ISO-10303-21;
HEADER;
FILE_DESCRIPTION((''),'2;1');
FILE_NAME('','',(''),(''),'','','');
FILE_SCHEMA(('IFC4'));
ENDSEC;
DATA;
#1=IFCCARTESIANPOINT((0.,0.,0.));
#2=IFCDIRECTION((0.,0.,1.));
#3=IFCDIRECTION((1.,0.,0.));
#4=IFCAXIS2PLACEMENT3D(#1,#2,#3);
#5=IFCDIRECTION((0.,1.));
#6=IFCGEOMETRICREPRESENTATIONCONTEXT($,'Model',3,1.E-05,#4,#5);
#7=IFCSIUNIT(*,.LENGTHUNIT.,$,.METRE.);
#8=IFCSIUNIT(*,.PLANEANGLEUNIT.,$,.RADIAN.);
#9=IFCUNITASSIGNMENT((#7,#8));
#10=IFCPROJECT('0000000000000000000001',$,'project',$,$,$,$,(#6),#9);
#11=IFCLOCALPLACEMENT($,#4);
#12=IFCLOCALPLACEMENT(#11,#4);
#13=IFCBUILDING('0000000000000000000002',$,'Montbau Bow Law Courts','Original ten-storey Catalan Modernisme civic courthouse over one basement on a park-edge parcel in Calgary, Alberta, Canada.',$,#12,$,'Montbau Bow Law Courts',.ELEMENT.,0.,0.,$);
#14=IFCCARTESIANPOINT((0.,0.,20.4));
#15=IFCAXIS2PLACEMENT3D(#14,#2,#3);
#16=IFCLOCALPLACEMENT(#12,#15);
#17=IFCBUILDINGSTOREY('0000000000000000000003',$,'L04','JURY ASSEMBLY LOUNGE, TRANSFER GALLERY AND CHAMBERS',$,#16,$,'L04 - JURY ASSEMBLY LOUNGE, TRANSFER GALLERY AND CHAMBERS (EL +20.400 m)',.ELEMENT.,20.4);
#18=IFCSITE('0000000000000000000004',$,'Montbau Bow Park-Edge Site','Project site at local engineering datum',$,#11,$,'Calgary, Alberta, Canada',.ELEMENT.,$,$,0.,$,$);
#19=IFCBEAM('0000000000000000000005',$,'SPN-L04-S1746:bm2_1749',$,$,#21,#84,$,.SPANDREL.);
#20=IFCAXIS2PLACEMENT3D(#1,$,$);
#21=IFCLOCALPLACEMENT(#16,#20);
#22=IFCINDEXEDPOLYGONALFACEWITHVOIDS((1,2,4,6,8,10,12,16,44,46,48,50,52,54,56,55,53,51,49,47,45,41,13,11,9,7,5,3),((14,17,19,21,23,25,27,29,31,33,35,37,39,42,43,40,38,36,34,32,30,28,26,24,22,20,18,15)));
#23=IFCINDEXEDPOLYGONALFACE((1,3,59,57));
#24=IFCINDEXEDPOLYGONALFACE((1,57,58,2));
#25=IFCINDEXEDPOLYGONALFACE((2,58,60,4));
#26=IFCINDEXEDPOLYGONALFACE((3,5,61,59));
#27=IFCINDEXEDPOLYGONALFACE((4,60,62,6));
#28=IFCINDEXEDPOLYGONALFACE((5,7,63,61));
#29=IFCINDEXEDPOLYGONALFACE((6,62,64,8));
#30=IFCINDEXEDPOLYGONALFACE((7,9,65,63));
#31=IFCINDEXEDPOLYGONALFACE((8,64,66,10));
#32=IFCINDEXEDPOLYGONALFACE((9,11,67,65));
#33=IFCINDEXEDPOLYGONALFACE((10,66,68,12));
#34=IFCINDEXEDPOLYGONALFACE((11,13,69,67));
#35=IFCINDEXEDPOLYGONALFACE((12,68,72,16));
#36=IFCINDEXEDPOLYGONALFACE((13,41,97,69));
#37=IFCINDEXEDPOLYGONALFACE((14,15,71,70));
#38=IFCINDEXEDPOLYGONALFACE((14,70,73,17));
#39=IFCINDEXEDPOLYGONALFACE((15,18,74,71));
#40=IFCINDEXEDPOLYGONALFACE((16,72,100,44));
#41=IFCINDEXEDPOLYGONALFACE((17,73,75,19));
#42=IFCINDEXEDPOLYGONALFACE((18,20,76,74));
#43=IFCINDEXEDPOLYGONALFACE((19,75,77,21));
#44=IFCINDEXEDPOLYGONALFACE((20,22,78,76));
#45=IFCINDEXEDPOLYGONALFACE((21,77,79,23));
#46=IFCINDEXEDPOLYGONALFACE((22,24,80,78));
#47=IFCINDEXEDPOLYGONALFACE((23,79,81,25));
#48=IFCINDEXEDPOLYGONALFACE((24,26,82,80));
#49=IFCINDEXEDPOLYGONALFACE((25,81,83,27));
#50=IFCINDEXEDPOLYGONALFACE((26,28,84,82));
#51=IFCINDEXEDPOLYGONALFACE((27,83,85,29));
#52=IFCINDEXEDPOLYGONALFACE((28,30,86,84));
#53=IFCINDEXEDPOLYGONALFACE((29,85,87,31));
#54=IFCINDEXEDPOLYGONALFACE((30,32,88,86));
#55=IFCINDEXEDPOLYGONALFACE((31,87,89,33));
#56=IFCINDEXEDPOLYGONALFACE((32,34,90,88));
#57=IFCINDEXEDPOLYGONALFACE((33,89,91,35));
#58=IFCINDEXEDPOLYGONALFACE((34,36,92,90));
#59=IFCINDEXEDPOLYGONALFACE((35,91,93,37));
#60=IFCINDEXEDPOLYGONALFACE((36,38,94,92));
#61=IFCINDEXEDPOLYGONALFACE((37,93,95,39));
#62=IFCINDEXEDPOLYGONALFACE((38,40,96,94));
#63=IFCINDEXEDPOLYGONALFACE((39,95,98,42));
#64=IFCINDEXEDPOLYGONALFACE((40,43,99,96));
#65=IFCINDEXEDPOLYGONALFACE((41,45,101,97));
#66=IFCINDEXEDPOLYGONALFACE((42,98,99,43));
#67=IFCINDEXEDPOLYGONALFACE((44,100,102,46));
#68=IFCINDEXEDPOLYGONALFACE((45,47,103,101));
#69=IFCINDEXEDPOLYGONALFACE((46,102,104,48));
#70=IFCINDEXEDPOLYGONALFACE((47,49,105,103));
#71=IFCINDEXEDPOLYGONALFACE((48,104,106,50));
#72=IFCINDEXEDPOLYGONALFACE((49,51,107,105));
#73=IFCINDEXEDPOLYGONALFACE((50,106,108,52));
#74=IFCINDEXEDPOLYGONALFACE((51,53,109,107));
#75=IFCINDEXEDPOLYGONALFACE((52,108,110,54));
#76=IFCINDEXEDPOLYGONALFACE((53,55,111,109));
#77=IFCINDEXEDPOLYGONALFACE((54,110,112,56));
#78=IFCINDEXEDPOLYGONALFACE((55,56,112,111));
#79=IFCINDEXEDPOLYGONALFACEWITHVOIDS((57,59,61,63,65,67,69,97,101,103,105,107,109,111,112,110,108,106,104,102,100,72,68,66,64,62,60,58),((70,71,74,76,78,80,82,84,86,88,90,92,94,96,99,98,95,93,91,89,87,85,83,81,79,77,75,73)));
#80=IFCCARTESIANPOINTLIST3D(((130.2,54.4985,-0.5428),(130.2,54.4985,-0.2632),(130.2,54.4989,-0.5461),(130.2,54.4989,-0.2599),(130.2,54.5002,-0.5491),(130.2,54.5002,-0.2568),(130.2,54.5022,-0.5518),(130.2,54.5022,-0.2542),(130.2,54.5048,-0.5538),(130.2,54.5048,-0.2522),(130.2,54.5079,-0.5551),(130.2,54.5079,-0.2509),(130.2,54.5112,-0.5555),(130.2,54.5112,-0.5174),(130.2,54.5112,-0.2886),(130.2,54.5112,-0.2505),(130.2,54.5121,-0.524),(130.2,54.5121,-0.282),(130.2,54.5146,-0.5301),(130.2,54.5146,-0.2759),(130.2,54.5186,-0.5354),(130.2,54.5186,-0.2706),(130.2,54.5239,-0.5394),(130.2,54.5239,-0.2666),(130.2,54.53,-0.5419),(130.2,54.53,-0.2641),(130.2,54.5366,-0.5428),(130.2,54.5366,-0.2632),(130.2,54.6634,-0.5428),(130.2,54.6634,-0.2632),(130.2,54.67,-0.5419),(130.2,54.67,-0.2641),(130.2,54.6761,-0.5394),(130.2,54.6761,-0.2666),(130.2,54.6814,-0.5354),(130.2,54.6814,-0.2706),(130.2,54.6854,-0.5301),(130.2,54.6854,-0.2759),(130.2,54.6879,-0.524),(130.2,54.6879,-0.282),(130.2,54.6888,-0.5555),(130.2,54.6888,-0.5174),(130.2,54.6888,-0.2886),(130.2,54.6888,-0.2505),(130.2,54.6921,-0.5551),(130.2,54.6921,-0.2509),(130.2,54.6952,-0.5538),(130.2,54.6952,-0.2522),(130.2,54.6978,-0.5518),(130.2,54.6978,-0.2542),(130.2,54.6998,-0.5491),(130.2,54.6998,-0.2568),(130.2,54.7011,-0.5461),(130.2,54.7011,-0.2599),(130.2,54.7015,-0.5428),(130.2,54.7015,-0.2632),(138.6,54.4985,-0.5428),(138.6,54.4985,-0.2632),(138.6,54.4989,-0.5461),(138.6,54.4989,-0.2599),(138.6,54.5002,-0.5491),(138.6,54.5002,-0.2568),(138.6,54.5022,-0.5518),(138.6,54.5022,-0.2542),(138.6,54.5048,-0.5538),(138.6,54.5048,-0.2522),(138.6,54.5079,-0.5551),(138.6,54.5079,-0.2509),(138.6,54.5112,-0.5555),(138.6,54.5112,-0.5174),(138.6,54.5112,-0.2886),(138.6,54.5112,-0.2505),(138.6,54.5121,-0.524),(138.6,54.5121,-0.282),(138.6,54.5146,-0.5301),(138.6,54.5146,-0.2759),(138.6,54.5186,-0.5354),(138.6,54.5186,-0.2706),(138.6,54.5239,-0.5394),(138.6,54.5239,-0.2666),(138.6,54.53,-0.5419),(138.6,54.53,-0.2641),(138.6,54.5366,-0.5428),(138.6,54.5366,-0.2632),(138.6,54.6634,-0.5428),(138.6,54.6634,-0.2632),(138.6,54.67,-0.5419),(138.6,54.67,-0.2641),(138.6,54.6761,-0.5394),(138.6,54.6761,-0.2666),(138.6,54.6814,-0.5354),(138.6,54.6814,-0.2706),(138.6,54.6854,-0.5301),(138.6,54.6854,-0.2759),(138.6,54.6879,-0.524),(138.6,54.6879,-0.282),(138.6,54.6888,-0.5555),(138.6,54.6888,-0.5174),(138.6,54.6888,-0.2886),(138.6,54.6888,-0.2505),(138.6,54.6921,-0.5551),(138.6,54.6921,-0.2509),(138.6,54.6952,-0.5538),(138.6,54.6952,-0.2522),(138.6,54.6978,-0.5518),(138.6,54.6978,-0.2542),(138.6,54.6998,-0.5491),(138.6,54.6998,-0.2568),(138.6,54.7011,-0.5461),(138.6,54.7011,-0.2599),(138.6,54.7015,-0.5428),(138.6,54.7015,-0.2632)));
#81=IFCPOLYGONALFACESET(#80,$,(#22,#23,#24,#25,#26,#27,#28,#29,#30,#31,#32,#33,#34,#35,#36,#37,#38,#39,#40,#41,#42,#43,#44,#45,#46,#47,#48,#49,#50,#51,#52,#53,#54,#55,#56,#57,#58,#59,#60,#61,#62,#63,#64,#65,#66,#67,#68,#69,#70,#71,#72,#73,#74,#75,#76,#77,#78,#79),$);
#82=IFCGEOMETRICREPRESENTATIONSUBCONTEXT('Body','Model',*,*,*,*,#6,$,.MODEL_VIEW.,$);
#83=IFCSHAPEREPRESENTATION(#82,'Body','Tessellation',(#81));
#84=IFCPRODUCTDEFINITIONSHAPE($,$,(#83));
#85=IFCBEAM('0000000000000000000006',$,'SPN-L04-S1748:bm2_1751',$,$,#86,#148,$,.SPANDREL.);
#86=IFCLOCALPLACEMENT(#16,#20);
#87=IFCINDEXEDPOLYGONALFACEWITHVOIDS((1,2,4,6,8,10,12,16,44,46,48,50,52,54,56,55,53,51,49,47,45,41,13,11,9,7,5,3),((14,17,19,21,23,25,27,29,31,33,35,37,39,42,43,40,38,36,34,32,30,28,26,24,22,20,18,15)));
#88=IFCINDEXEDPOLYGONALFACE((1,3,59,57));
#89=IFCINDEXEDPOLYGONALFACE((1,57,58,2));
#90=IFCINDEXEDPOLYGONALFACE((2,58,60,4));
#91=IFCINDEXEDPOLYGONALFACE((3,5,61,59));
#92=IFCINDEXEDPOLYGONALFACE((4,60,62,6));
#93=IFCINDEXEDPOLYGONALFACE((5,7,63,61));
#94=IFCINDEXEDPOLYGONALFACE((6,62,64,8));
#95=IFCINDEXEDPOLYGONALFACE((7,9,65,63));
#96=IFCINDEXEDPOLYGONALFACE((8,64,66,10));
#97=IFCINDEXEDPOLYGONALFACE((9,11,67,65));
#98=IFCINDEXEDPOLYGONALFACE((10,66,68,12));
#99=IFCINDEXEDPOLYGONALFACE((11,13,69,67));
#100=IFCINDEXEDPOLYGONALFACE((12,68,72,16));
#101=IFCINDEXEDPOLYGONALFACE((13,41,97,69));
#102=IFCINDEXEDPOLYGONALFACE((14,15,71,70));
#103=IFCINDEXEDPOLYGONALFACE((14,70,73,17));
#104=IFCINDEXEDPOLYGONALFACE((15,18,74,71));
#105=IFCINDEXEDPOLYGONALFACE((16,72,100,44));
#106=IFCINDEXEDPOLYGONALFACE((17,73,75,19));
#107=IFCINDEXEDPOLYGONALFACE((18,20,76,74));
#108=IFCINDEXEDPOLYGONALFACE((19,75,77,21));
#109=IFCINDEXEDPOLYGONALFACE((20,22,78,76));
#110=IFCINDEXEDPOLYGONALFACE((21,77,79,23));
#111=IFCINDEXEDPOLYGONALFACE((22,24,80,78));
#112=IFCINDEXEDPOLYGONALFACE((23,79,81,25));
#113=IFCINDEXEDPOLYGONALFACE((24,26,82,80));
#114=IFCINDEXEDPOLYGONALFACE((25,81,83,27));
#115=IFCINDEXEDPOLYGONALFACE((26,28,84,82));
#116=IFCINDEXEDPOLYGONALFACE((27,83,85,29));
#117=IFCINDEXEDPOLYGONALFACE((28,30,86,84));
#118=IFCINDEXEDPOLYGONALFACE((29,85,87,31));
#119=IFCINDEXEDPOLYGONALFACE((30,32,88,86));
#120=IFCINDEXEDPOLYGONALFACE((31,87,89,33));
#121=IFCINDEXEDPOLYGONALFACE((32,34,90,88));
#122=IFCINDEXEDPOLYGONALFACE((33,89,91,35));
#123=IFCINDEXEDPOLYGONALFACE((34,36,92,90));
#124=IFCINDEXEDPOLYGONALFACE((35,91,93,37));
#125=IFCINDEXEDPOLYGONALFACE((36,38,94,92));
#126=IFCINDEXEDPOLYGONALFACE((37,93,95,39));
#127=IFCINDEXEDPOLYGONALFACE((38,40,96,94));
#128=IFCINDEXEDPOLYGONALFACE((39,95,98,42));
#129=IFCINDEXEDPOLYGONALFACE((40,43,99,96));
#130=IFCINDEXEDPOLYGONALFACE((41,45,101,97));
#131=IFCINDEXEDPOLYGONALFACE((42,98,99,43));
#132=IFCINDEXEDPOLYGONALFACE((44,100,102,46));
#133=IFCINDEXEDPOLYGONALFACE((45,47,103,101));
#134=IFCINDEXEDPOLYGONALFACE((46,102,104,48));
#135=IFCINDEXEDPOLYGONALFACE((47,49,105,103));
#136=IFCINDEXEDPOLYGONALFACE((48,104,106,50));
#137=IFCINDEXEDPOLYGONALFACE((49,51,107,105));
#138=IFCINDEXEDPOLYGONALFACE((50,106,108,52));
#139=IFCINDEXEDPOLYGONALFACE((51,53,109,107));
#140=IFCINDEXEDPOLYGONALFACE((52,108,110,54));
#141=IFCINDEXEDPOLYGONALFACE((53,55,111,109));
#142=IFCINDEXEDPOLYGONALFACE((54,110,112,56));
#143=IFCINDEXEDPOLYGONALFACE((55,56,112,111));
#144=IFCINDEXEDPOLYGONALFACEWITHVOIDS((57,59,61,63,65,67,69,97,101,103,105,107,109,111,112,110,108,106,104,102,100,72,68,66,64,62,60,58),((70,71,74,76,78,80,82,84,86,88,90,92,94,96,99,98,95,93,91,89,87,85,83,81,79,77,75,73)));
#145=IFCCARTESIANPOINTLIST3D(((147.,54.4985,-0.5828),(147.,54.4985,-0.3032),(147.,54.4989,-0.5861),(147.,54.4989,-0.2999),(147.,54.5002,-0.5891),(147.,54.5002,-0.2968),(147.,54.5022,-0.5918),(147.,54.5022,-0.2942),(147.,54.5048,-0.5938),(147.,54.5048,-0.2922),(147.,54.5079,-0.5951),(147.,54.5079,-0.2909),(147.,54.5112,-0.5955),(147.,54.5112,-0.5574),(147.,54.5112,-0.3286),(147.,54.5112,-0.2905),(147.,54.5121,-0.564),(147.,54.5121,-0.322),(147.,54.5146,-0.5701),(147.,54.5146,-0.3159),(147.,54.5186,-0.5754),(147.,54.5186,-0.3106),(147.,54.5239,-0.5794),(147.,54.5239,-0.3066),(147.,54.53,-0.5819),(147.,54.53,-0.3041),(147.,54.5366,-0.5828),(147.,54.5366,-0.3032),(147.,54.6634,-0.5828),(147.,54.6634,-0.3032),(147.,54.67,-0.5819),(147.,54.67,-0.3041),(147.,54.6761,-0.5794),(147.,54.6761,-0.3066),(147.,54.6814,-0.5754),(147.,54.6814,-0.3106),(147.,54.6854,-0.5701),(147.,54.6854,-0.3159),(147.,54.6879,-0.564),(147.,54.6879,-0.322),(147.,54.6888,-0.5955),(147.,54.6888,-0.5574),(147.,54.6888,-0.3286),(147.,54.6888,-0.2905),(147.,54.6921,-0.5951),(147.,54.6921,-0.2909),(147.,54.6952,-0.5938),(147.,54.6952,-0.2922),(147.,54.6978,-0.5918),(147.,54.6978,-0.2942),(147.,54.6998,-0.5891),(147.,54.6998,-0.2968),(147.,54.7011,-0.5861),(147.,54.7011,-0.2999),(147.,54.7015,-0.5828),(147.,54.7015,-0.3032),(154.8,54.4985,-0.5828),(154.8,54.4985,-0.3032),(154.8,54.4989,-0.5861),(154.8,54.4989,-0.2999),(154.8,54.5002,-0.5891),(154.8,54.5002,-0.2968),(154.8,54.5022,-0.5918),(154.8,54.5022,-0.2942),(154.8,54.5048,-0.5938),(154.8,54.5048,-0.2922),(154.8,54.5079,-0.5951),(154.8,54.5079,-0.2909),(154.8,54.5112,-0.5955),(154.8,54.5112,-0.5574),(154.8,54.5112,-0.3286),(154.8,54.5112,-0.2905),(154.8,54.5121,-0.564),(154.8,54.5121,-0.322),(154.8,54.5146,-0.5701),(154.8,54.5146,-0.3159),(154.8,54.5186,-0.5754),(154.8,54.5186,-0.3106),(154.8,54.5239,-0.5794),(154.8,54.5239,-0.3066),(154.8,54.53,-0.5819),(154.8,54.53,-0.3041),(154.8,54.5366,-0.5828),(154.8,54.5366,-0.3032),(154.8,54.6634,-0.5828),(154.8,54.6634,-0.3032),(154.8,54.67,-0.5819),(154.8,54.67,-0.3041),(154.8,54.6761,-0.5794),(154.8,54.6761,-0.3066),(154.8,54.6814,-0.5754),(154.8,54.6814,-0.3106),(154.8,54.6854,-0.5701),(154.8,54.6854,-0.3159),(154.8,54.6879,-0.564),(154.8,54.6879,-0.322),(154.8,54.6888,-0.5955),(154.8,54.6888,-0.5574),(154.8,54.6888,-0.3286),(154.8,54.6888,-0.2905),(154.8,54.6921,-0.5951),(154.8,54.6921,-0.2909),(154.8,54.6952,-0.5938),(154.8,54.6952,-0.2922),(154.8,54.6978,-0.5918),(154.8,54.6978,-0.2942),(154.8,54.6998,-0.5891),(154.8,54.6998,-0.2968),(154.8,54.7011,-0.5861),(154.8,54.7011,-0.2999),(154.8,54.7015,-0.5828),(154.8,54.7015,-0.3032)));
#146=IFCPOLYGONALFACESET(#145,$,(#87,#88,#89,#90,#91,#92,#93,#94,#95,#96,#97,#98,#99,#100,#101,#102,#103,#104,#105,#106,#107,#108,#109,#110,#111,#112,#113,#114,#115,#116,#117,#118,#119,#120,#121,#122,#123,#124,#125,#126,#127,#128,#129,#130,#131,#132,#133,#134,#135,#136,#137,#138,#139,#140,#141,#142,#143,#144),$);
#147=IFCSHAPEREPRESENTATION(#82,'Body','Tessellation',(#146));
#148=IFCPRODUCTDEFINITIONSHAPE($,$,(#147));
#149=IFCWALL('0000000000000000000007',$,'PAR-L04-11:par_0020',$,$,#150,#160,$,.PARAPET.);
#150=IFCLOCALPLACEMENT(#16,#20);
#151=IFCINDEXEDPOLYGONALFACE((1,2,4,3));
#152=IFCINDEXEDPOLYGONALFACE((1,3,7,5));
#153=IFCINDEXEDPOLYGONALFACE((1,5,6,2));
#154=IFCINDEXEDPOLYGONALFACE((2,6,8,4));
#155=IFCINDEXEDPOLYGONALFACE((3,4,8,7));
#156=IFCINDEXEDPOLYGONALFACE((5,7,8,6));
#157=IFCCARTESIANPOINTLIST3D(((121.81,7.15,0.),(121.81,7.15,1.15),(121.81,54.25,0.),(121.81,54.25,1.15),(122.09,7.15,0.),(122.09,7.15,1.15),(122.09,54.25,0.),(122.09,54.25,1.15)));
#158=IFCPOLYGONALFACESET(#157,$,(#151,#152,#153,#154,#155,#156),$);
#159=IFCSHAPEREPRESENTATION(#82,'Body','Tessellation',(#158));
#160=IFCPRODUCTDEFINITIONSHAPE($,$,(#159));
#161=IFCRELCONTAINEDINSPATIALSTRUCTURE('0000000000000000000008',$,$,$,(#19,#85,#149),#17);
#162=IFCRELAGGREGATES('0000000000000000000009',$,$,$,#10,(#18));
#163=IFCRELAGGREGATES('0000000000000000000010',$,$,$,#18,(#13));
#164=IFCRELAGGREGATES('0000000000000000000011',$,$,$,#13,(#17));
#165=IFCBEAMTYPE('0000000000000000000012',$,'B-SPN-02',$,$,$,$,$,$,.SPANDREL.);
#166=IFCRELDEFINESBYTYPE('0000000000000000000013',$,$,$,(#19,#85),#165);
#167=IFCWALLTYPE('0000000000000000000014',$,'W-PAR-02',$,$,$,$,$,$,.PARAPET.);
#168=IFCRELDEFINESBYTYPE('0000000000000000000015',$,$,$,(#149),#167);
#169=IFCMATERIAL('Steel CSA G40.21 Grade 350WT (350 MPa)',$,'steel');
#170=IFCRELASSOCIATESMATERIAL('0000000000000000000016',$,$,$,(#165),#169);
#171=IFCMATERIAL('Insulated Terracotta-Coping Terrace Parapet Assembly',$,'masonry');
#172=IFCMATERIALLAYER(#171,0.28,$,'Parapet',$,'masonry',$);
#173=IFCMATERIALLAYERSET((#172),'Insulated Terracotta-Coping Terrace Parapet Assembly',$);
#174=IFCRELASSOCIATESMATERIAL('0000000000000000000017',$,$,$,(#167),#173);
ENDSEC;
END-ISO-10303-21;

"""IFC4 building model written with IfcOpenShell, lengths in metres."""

from ifc_helpers import new_model, si_unit, direction, frame, frame_2d, origin_with_axes, origin_2d_with_axis, place, context, subcontext, project, spatial, rectangle, hollow_rectangle, extrude, material, layer, layer_set, material_profile, profile_set, type_object, element, save


model = new_model("IFC4")

# Units and contexts
model_context = context("Model", 3, precision=1e-05, world=origin_with_axes(), true_north=direction((0.0, 1.0)))
body_context = subcontext(model_context, "Body", "Model", "MODEL_VIEW")
ifc_project = project(units=[si_unit("LENGTHUNIT", "METRE"), si_unit("PLANEANGLEUNIT", "RADIAN")], contexts=[model_context])

# Site, building, storey
site_placement = place(None, origin_with_axes())
site = spatial("IfcSite", under=ifc_project, at=site_placement, Name="Montbau Bow Park-Edge Site", Description="Project site at local engineering datum", LongName="Calgary, Alberta, Canada", CompositionType="ELEMENT", RefElevation=0.0)
building_placement = place(site_placement, origin_with_axes())
building = spatial("IfcBuilding", under=site, at=building_placement, Name="Montbau Bow Law Courts", Description="Original ten-storey Catalan Modernisme civic courthouse over one basement on a park-edge parcel in Calgary, Alberta, Canada.", LongName="Montbau Bow Law Courts", CompositionType="ELEMENT", ElevationOfRefHeight=0.0, ElevationOfTerrain=0.0)
storey_placement = place(building_placement, frame((0.0, 0.0, 20.4), z_axis=(0.0, 0.0, 1.0), x_axis=(1.0, 0.0, 0.0)))
storey = spatial("IfcBuildingStorey", under=building, at=storey_placement, Name="L04", Description="JURY ASSEMBLY LOUNGE, TRANSFER GALLERY AND CHAMBERS", LongName="L04 - JURY ASSEMBLY LOUNGE, TRANSFER GALLERY AND CHAMBERS (EL +20.400 m)", CompositionType="ELEMENT", Elevation=20.4)

# Beams
ifc_material_1 = material(Name="Steel CSA G40.21 Grade 350WT (350 MPa)", Category="steel")
ifc_material_profile_1 = material_profile(ifc_material_1, hollow_rectangle(XDim=0.203, YDim=0.305, WallThickness=0.0127, InnerFilletRadius=0.0254, OuterFilletRadius=0.0127, at=origin_2d_with_axis()), Name="HSS305X203X13", Category="Main", Priority=0)
ifc_profile_set_1 = profile_set([ifc_material_profile_1], Name="Steel CSA G40.21 Grade 350WT (350 MPa)")
beam_type_1 = type_object("IfcBeamType", Name="B-SPN-02", PredefinedType="SPANDREL", material=ifc_profile_set_1)
beam_1_placement = place(None, frame((130.2, 54.6, 19.997), z_axis=(1.0, 0.0, 0.0), x_axis=(0.0, 1.0, 0.0)))
element("IfcBeam", 1, at=beam_1_placement, inside=storey, type_object=beam_type_1, Name="SPN-L04-S1746:bm2_1749", PredefinedType="SPANDREL", context=body_context, shape_type="SweptSolid", body=[
    extrude(hollow_rectangle(XDim=0.203, YDim=0.305, WallThickness=0.0127, InnerFilletRadius=0.0254, OuterFilletRadius=0.0127, at=origin_2d_with_axis()), origin_with_axes(), (0.0, 0.0, 1.0), 8.4),
])
beam_2_placement = place(None, frame((147.0, 54.6, 19.957), z_axis=(1.0, 0.0, 0.0), x_axis=(0.0, 1.0, 0.0)))
element("IfcBeam", 2, at=beam_2_placement, inside=storey, type_object=beam_type_1, Name="SPN-L04-S1748:bm2_1751", PredefinedType="SPANDREL", context=body_context, shape_type="SweptSolid", body=[
    extrude(hollow_rectangle(XDim=0.203, YDim=0.305, WallThickness=0.0127, InnerFilletRadius=0.0254, OuterFilletRadius=0.0127, at=origin_2d_with_axis()), origin_with_axes(), (0.0, 0.0, 1.0), 7.8),
])

# Wall
ifc_material_2 = material(Name="Insulated Terracotta-Coping Terrace Parapet Assembly", Category="masonry")
ifc_layer = layer(ifc_material_2, 0.28, Name="Parapet", Category="masonry")
ifc_layer_set = layer_set([ifc_layer], Name="Insulated Terracotta-Coping Terrace Parapet Assembly")
wall_type = type_object("IfcWallType", Name="W-PAR-02", PredefinedType="PARAPET", material=ifc_layer_set)
wall_placement = place(None, frame((121.95, 54.25, 20.4), z_axis=(0.0, 0.0, 1.0), x_axis=(0.0, -1.0, 0.0)))
element("IfcWall", 3, at=wall_placement, inside=storey, type_object=wall_type, Name="PAR-L04-11:par_0020", PredefinedType="PARAPET", context=body_context, shape_type="SweptSolid", body=[
    extrude(rectangle(XDim=47.1, YDim=0.28, at=frame_2d((23.55, 0.0), x_axis=(1.0, 0.0))), origin_with_axes(), (0.0, 0.0, 1.0), 1.15),
])

save(model, "model.ifc")
